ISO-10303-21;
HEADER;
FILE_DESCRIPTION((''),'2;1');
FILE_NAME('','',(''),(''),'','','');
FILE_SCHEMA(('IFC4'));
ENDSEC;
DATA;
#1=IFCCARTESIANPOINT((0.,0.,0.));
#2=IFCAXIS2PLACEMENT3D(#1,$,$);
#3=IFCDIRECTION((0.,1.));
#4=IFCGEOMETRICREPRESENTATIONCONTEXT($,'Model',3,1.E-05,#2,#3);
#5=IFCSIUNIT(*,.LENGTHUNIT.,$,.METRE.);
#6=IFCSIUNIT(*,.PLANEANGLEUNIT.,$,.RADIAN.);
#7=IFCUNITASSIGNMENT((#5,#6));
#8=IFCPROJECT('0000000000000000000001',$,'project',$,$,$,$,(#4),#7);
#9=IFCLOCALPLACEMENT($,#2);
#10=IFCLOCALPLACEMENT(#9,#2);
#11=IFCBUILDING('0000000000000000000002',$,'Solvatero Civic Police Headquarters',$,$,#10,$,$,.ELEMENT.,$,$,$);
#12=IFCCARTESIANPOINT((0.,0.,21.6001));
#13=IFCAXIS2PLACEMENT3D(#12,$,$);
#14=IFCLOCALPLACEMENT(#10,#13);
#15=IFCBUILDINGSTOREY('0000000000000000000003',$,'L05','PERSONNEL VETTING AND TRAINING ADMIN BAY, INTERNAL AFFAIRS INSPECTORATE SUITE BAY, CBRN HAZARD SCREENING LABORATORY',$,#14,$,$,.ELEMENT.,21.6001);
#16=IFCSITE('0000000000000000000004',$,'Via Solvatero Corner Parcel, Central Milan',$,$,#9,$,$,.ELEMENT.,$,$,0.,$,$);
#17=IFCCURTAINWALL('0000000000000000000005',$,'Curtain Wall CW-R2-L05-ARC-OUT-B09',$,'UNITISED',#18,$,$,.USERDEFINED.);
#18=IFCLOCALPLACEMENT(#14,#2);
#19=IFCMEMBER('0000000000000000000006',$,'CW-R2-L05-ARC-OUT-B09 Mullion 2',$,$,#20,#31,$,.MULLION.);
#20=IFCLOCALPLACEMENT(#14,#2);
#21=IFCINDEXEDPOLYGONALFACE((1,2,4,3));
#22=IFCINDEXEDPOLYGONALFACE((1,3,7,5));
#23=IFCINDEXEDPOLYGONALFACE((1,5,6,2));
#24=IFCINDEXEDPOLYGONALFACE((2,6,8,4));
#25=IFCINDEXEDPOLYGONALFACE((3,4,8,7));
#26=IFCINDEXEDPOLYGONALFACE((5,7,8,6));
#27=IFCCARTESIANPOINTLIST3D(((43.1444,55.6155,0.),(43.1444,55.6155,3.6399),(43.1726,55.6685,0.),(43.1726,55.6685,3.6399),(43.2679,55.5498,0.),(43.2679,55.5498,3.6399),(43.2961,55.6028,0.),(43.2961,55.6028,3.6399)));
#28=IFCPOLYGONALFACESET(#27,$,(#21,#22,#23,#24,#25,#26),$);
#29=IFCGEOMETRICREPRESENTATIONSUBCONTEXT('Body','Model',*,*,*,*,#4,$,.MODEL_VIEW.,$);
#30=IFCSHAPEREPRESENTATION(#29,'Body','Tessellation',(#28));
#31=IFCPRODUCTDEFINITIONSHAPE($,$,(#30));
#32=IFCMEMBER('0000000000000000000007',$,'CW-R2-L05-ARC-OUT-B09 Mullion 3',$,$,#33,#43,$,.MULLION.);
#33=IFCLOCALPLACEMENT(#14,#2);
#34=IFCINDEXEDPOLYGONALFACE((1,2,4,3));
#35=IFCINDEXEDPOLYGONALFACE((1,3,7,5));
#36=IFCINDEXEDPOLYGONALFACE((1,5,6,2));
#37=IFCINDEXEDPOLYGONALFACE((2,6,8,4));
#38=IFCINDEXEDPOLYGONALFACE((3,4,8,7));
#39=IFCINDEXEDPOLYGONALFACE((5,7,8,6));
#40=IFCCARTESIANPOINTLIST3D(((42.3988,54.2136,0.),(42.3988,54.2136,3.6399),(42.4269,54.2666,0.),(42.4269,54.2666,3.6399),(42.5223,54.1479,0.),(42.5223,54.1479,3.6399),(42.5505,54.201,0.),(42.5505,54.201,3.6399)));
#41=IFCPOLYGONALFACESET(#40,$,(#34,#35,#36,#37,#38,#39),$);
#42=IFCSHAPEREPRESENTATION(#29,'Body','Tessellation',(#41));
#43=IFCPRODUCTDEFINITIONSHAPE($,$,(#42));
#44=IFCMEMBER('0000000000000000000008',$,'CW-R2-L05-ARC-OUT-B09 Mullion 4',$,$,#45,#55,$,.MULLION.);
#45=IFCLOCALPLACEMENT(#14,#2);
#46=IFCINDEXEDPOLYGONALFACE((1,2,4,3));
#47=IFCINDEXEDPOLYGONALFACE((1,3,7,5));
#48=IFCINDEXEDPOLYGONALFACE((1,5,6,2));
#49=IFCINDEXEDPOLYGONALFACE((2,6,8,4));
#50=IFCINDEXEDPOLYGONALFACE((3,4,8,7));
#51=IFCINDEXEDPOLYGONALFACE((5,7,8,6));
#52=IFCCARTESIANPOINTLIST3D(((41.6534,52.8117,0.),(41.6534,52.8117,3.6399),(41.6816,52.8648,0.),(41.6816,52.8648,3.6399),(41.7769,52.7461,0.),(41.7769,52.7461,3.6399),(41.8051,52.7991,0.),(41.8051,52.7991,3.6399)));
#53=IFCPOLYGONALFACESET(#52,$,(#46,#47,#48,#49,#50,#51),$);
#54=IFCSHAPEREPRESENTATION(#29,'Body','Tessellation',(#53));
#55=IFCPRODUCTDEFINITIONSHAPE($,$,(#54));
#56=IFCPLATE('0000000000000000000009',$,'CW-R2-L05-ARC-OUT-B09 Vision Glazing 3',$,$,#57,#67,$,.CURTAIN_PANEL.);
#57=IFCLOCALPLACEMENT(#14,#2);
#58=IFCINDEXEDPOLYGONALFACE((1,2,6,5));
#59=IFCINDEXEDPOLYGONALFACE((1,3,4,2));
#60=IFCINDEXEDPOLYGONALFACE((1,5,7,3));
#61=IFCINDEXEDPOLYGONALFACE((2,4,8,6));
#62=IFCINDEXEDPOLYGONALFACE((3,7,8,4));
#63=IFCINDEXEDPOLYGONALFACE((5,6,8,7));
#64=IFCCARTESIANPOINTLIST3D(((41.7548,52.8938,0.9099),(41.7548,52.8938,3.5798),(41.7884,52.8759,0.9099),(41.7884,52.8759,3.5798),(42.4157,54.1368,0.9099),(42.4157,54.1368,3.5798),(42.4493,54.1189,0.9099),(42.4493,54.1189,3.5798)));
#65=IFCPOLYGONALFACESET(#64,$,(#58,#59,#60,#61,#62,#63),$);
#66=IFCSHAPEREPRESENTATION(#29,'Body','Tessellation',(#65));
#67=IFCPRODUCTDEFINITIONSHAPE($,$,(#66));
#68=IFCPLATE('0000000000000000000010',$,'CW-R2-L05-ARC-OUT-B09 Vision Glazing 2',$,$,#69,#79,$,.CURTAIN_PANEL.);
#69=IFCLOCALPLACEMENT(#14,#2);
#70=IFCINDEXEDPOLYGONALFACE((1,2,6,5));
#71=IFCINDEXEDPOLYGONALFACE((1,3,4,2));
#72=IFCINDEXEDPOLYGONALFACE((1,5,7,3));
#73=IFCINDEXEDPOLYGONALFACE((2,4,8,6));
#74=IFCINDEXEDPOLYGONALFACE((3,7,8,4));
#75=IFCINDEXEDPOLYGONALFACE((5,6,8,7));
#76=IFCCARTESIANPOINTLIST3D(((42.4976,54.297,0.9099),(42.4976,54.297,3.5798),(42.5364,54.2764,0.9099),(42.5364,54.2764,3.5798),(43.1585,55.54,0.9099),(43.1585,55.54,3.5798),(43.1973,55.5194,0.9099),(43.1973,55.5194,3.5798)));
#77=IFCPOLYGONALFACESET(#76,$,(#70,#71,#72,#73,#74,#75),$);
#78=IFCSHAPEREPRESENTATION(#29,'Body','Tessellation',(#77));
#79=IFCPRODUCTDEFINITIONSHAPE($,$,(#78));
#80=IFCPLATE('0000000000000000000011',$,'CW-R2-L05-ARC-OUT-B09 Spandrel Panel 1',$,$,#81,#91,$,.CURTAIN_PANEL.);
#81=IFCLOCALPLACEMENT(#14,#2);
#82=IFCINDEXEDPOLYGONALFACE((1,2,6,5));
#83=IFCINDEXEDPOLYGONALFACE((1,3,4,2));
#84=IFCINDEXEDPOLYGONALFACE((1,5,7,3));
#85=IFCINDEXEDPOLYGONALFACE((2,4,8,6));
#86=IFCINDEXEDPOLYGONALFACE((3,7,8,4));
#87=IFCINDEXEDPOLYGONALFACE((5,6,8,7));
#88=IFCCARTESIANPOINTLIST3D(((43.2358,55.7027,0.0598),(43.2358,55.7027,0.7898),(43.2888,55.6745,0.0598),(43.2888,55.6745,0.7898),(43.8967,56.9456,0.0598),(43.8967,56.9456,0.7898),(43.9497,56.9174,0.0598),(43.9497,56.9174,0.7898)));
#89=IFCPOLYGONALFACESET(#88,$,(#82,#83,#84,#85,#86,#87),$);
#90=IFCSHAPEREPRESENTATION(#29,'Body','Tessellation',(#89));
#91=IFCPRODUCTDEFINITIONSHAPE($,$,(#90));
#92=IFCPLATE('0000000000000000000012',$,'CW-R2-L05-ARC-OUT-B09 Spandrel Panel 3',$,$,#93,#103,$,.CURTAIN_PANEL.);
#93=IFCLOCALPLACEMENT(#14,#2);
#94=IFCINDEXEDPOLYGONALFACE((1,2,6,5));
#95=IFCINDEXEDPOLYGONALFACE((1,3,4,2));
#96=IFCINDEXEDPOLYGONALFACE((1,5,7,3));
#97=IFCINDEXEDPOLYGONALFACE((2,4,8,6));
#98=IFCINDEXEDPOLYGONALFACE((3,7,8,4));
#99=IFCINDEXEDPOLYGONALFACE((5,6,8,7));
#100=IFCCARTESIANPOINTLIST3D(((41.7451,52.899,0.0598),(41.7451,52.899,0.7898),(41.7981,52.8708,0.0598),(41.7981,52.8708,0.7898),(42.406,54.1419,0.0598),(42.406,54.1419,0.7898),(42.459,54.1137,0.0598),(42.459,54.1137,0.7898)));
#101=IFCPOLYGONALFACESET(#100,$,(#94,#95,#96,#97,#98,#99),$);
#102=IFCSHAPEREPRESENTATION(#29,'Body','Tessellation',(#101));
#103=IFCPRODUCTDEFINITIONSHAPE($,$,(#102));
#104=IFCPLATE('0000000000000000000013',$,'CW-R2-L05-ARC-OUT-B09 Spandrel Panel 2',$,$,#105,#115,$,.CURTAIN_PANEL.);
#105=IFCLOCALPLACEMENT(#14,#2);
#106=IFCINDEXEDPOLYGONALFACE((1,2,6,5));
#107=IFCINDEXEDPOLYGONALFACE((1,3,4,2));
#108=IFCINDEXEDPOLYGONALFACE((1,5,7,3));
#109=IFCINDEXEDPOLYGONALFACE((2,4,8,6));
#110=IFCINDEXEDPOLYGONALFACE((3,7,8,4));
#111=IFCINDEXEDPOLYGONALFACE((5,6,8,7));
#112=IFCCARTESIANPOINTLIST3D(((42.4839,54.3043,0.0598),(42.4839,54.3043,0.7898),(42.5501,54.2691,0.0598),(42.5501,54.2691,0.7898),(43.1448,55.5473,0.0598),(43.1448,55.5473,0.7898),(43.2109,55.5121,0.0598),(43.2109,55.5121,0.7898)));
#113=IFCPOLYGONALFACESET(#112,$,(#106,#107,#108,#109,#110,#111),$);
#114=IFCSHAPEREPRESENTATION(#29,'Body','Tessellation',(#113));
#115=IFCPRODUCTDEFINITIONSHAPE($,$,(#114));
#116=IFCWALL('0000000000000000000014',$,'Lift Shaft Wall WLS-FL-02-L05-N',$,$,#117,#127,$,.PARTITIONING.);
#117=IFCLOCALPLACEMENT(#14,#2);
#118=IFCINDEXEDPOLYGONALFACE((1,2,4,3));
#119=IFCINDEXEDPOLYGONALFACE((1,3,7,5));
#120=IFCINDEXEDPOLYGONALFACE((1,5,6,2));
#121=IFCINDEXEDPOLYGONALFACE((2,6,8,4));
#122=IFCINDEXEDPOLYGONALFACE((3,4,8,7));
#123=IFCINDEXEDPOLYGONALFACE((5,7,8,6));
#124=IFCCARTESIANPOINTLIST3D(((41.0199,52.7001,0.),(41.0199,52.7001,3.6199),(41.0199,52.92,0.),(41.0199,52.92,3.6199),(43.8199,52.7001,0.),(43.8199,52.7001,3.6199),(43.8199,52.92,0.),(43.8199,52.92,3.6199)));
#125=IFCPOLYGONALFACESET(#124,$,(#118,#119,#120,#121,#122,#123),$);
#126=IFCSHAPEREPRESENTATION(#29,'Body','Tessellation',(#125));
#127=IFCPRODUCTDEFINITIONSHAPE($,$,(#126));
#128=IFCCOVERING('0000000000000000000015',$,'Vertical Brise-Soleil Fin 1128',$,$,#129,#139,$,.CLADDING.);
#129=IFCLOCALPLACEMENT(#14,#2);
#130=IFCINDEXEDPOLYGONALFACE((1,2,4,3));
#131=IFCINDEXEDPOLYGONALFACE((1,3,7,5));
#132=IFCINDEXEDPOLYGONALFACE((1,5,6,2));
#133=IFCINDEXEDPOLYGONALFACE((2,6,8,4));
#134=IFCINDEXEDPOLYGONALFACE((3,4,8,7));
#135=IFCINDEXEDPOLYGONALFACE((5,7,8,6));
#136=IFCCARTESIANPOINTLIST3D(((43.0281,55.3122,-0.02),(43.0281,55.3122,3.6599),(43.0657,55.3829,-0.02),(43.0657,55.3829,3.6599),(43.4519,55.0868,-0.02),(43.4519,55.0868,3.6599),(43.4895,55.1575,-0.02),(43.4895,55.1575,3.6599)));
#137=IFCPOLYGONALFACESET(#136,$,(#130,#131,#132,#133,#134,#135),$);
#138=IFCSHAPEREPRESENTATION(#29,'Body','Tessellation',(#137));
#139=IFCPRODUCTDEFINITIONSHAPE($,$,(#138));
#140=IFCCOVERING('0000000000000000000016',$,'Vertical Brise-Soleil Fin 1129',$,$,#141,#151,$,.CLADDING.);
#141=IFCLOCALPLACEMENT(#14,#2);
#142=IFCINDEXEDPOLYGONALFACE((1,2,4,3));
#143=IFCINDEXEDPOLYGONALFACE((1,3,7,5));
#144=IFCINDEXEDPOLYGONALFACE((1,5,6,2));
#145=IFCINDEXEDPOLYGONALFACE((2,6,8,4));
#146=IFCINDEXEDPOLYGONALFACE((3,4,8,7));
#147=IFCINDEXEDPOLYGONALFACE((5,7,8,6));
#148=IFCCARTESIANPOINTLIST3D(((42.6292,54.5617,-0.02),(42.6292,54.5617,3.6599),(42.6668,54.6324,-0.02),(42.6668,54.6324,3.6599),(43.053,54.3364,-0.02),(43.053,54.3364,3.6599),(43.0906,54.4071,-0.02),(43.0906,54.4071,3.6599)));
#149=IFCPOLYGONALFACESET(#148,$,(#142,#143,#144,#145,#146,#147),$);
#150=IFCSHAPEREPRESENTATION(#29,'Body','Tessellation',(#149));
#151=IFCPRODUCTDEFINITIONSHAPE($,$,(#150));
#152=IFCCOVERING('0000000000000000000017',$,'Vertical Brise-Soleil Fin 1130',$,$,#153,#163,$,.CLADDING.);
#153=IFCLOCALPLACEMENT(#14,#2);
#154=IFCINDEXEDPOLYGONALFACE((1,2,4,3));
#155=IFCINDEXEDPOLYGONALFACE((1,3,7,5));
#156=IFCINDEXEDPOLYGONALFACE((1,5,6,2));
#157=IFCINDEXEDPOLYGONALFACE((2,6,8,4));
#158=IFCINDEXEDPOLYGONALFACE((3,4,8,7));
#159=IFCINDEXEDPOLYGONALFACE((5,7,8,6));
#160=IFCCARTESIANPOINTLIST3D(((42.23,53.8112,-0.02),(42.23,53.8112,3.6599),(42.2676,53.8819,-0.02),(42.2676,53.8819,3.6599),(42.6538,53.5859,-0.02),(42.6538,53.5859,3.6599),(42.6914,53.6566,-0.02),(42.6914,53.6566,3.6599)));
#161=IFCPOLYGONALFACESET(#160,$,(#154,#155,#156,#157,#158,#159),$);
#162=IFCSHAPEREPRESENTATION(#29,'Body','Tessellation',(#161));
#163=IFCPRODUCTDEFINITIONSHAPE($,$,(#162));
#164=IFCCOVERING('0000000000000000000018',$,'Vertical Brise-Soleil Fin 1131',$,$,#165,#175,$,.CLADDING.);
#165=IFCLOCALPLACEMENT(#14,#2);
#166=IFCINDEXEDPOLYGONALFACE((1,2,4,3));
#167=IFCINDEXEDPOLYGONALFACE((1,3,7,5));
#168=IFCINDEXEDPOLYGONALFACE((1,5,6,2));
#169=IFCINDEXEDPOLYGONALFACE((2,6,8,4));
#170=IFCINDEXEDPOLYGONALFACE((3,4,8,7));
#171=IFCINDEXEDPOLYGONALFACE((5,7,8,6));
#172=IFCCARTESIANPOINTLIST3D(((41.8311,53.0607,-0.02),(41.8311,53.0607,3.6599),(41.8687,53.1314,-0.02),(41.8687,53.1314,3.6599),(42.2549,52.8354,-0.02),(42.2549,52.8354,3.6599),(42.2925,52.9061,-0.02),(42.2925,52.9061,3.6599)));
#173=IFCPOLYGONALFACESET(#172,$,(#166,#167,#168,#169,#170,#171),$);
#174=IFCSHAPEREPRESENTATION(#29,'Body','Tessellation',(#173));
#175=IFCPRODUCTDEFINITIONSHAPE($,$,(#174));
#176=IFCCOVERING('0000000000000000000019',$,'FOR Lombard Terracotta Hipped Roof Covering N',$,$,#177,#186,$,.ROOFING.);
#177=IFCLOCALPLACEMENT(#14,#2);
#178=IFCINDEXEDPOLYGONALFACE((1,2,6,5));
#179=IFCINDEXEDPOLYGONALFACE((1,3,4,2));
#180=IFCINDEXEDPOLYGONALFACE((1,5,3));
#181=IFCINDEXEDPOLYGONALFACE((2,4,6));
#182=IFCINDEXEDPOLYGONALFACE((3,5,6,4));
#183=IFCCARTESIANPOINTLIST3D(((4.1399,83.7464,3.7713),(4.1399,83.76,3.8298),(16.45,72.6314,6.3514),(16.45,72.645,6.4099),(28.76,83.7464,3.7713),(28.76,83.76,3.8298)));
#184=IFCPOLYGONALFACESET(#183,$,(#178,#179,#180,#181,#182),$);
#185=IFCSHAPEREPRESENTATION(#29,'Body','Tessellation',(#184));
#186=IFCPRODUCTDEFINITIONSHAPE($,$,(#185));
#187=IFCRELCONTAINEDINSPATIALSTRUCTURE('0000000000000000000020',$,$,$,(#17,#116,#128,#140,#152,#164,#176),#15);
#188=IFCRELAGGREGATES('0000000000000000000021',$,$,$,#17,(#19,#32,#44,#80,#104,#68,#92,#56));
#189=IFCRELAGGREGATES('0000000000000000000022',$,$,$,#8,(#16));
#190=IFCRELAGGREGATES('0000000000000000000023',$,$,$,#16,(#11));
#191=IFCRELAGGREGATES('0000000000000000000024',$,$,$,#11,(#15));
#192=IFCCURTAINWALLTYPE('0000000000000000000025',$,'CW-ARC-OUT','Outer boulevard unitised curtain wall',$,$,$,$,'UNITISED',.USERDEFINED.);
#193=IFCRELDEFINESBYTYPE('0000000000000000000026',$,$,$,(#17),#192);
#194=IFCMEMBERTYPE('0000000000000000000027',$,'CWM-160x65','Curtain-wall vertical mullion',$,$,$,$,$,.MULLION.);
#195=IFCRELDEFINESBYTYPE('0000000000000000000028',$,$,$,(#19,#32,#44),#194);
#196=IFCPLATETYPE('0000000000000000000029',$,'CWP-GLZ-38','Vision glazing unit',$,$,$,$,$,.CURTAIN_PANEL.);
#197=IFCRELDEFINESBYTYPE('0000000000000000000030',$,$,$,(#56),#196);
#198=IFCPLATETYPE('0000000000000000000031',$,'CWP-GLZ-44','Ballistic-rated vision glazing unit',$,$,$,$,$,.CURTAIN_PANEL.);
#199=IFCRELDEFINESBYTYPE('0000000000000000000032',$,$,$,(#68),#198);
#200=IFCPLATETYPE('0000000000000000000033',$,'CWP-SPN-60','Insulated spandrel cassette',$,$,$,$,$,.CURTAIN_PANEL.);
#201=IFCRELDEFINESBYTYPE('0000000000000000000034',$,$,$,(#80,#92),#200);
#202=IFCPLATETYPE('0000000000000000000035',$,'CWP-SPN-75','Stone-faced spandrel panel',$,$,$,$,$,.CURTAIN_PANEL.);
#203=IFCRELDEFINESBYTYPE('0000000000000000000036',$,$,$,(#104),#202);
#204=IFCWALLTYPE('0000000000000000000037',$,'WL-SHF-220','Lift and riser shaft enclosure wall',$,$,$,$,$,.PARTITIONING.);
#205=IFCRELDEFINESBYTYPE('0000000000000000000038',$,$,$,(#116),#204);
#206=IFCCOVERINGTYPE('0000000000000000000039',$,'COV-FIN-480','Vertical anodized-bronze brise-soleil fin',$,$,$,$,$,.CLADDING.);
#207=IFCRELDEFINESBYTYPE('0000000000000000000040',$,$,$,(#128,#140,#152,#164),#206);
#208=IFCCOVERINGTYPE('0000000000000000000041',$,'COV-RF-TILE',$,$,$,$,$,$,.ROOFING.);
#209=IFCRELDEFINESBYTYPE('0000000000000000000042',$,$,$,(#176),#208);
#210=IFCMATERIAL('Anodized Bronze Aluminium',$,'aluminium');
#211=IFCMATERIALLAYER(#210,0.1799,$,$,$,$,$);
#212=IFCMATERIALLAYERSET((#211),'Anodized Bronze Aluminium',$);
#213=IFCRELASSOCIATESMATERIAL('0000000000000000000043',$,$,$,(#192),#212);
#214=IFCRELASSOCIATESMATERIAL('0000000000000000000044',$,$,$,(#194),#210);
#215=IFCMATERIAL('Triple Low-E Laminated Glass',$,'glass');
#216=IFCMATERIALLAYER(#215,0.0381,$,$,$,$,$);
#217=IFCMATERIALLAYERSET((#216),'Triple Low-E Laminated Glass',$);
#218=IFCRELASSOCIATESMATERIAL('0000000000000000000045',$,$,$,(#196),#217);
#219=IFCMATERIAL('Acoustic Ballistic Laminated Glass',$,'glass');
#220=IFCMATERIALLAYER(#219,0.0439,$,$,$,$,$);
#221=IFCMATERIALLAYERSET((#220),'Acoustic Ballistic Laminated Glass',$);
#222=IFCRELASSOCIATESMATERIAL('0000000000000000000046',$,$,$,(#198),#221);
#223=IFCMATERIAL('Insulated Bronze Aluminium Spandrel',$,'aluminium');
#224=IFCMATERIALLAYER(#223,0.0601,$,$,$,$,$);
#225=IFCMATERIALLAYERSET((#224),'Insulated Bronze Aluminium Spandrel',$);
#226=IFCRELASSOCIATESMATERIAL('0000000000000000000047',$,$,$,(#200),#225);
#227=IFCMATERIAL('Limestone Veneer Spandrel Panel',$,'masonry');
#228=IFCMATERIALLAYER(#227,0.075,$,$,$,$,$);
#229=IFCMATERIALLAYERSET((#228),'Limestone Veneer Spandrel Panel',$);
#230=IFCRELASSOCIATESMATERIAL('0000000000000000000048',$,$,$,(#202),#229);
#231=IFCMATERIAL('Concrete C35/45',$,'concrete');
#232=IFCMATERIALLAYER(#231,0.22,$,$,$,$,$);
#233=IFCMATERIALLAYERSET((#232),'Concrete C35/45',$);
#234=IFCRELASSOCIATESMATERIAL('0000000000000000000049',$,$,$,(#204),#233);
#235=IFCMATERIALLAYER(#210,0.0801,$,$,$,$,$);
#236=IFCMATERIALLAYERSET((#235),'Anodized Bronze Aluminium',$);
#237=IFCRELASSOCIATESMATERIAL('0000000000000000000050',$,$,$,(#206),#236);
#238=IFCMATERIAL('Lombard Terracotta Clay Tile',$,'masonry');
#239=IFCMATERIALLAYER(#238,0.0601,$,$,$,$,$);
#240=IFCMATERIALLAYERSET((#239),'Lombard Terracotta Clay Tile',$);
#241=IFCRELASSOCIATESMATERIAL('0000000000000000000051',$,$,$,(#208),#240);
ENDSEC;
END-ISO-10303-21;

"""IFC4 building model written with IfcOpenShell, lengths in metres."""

from ifc_helpers import new_model, si_unit, direction, frame, frame_2d, origin, origin_2d, place, context, subcontext, project, spatial, polyline, rectangle, outline, extrude, material, layer, layer_set, material_profile, profile_set, type_object, element, aggregate, save


model = new_model("IFC4")

# Units and contexts
model_context = context("Model", 3, precision=1e-05, world=origin(), true_north=direction((0.0, 1.0)))
body_context = subcontext(model_context, "Body", "Model", "MODEL_VIEW")
ifc_project = project(units=[si_unit("LENGTHUNIT", "METRE"), si_unit("PLANEANGLEUNIT", "RADIAN")], contexts=[model_context])

# Site, building, storey
site_placement = place(None, origin())
site = spatial("IfcSite", under=ifc_project, at=site_placement, Name="Via Solvatero Corner Parcel, Central Milan", CompositionType="ELEMENT", RefElevation=0.0)
building_placement = place(site_placement, origin())
building = spatial("IfcBuilding", under=site, at=building_placement, Name="Solvatero Civic Police Headquarters", CompositionType="ELEMENT")
storey_placement = place(building_placement, frame((0.0, 0.0, 21.6001)))
storey = spatial("IfcBuildingStorey", under=building, at=storey_placement, Name="L05", Description="PERSONNEL VETTING AND TRAINING ADMIN BAY, INTERNAL AFFAIRS INSPECTORATE SUITE BAY, CBRN HAZARD SCREENING LABORATORY", CompositionType="ELEMENT", Elevation=21.6001)

# Curtain wall, members, plates
ifc_material_1 = material(Name="Anodized Bronze Aluminium", Category="aluminium")
ifc_layer_1 = layer(ifc_material_1, 0.1799)
ifc_layer_set_1 = layer_set([ifc_layer_1], Name="Anodized Bronze Aluminium")
curtain_wall_type = type_object("IfcCurtainWallType", Name="CW-ARC-OUT", Description="Outer boulevard unitised curtain wall", ElementType="UNITISED", PredefinedType="USERDEFINED", material=ifc_layer_set_1)
curtain_wall_placement = place(storey_placement, origin())
curtain_wall = element("IfcCurtainWall", 1, at=curtain_wall_placement, inside=storey, type_object=curtain_wall_type, Name="Curtain Wall CW-R2-L05-ARC-OUT-B09", ObjectType="UNITISED", PredefinedType="USERDEFINED")
ifc_material_profile = material_profile(ifc_material_1, rectangle(XDim=0.0601, YDim=0.1399, at=origin_2d()), Name="ALU MULLION 60x140")
ifc_profile_set = profile_set([ifc_material_profile], Name="Anodized Bronze Aluminium")
member_type = type_object("IfcMemberType", Name="CWM-160x65", Description="Curtain-wall vertical mullion", PredefinedType="MULLION", material=ifc_profile_set)
member_1_placement = place(storey_placement, frame((43.2202, 55.6091, 0.0), z_axis=(0.0, 0.0, 1.0), x_axis=(-0.469472, -0.882948, 0.0)))
member_1 = element("IfcMember", 2, at=member_1_placement, type_object=member_type, Name="CW-R2-L05-ARC-OUT-B09 Mullion 2", PredefinedType="MULLION", context=body_context, shape_type="SweptSolid", body=[
    extrude(rectangle(XDim=0.0601, YDim=0.1399, at=origin_2d()), origin(), (0.0, 0.0, 1.0), 3.6399),
])
member_2_placement = place(storey_placement, frame((42.4746, 54.2073, 0.0), z_axis=(0.0, 0.0, 1.0), x_axis=(-0.469472, -0.882948, 0.0)))
member_2 = element("IfcMember", 3, at=member_2_placement, type_object=member_type, Name="CW-R2-L05-ARC-OUT-B09 Mullion 3", PredefinedType="MULLION", context=body_context, shape_type="SweptSolid", body=[
    extrude(rectangle(XDim=0.0601, YDim=0.1399, at=origin_2d()), origin(), (0.0, 0.0, 1.0), 3.6399),
])
member_3_placement = place(storey_placement, frame((41.7292, 52.8054, 0.0), z_axis=(0.0, 0.0, 1.0), x_axis=(-0.469472, -0.882948, 0.0)))
member_3 = element("IfcMember", 4, at=member_3_placement, type_object=member_type, Name="CW-R2-L05-ARC-OUT-B09 Mullion 4", PredefinedType="MULLION", context=body_context, shape_type="SweptSolid", body=[
    extrude(rectangle(XDim=0.0601, YDim=0.1399, at=origin_2d()), origin(), (0.0, 0.0, 1.0), 3.6399),
])
ifc_material_2 = material(Name="Triple Low-E Laminated Glass", Category="glass")
ifc_layer_2 = layer(ifc_material_2, 0.0381)
ifc_layer_set_2 = layer_set([ifc_layer_2], Name="Triple Low-E Laminated Glass")
plate_type_1 = type_object("IfcPlateType", Name="CWP-GLZ-38", Description="Vision glazing unit", PredefinedType="CURTAIN_PANEL", material=ifc_layer_set_2)
plate_1_placement = place(storey_placement, frame((42.1021, 53.5063, 0.9099), z_axis=(0.0, 0.0, 1.0), x_axis=(-0.469472, -0.882948, 0.0)))
plate_1 = element("IfcPlate", 5, at=plate_1_placement, type_object=plate_type_1, Name="CW-R2-L05-ARC-OUT-B09 Vision Glazing 3", PredefinedType="CURTAIN_PANEL", context=body_context, shape_type="SweptSolid", body=[
    extrude(rectangle(XDim=1.4077, YDim=0.0381, at=origin_2d()), origin(), (0.0, 0.0, 1.0), 2.6699),
])
ifc_material_3 = material(Name="Acoustic Ballistic Laminated Glass", Category="glass")
ifc_layer_3 = layer(ifc_material_3, 0.0439)
ifc_layer_set_3 = layer_set([ifc_layer_3], Name="Acoustic Ballistic Laminated Glass")
plate_type_2 = type_object("IfcPlateType", Name="CWP-GLZ-44", Description="Ballistic-rated vision glazing unit", PredefinedType="CURTAIN_PANEL", material=ifc_layer_set_3)
plate_2_placement = place(storey_placement, frame((42.8474, 54.9082, 0.9099), z_axis=(0.0, 0.0, 1.0), x_axis=(-0.469472, -0.882948, 0.0)))
plate_2 = element("IfcPlate", 6, at=plate_2_placement, type_object=plate_type_2, Name="CW-R2-L05-ARC-OUT-B09 Vision Glazing 2", PredefinedType="CURTAIN_PANEL", context=body_context, shape_type="SweptSolid", body=[
    extrude(rectangle(XDim=1.4077, YDim=0.0439, at=origin_2d()), origin(), (0.0, 0.0, 1.0), 2.6699),
])
ifc_material_4 = material(Name="Insulated Bronze Aluminium Spandrel", Category="aluminium")
ifc_layer_4 = layer(ifc_material_4, 0.0601)
ifc_layer_set_4 = layer_set([ifc_layer_4], Name="Insulated Bronze Aluminium Spandrel")
plate_type_3 = type_object("IfcPlateType", Name="CWP-SPN-60", Description="Insulated spandrel cassette", PredefinedType="CURTAIN_PANEL", material=ifc_layer_set_4)
plate_3_placement = place(storey_placement, frame((43.5928, 56.3101, 0.0598), z_axis=(0.0, 0.0, 1.0), x_axis=(-0.469472, -0.882948, 0.0)))
plate_3 = element("IfcPlate", 7, at=plate_3_placement, type_object=plate_type_3, Name="CW-R2-L05-ARC-OUT-B09 Spandrel Panel 1", PredefinedType="CURTAIN_PANEL", context=body_context, shape_type="SweptSolid", body=[
    extrude(rectangle(XDim=1.4077, YDim=0.0601, at=origin_2d()), origin(), (0.0, 0.0, 1.0), 0.73),
])
plate_4_placement = place(storey_placement, frame((42.1021, 53.5063, 0.0598), z_axis=(0.0, 0.0, 1.0), x_axis=(-0.469472, -0.882948, 0.0)))
plate_4 = element("IfcPlate", 8, at=plate_4_placement, type_object=plate_type_3, Name="CW-R2-L05-ARC-OUT-B09 Spandrel Panel 3", PredefinedType="CURTAIN_PANEL", context=body_context, shape_type="SweptSolid", body=[
    extrude(rectangle(XDim=1.4077, YDim=0.0601, at=origin_2d()), origin(), (0.0, 0.0, 1.0), 0.73),
])
ifc_material_5 = material(Name="Limestone Veneer Spandrel Panel", Category="masonry")
ifc_layer_5 = layer(ifc_material_5, 0.075)
ifc_layer_set_5 = layer_set([ifc_layer_5], Name="Limestone Veneer Spandrel Panel")
plate_type_4 = type_object("IfcPlateType", Name="CWP-SPN-75", Description="Stone-faced spandrel panel", PredefinedType="CURTAIN_PANEL", material=ifc_layer_set_5)
plate_5_placement = place(storey_placement, frame((42.8474, 54.9082, 0.0598), z_axis=(0.0, 0.0, 1.0), x_axis=(-0.469472, -0.882948, 0.0)))
plate_5 = element("IfcPlate", 9, at=plate_5_placement, type_object=plate_type_4, Name="CW-R2-L05-ARC-OUT-B09 Spandrel Panel 2", PredefinedType="CURTAIN_PANEL", context=body_context, shape_type="SweptSolid", body=[
    extrude(rectangle(XDim=1.4077, YDim=0.075, at=origin_2d()), origin(), (0.0, 0.0, 1.0), 0.73),
])
aggregate(curtain_wall, [member_1, member_2, member_3, plate_3, plate_5, plate_2, plate_4, plate_1])

# Wall
ifc_material_6 = material(Name="Concrete C35/45", Category="concrete")
ifc_layer_6 = layer(ifc_material_6, 0.22)
ifc_layer_set_6 = layer_set([ifc_layer_6], Name="Concrete C35/45")
wall_type = type_object("IfcWallType", Name="WL-SHF-220", Description="Lift and riser shaft enclosure wall", PredefinedType="PARTITIONING", material=ifc_layer_set_6)
wall_placement = place(storey_placement, frame((41.02, 52.8101, 0.0), z_axis=(0.0, 0.0, 1.0), x_axis=(1.0, 0.0, 0.0)))
element("IfcWall", 10, at=wall_placement, inside=storey, type_object=wall_type, Name="Lift Shaft Wall WLS-FL-02-L05-N", PredefinedType="PARTITIONING", context=body_context, shape_type="SweptSolid", body=[
    extrude(rectangle(XDim=2.8, YDim=0.22, at=frame_2d((1.3999, 0.0))), origin(), (0.0, 0.0, 1.0), 3.6199),
])

# Coverings
ifc_layer_7 = layer(ifc_material_1, 0.0801)
ifc_layer_set_7 = layer_set([ifc_layer_7], Name="Anodized Bronze Aluminium")
covering_type_1 = type_object("IfcCoveringType", Name="COV-FIN-480", Description="Vertical anodized-bronze brise-soleil fin", PredefinedType="CLADDING", material=ifc_layer_set_7)
for number, where, z_axis, x_axis, name in (
    (11, (43.2588, 55.2349, -0.02), (0.0, 0.0, 1.0), (-0.469472, -0.882948, 0.0), "Vertical Brise-Soleil Fin 1128"),
    (12, (42.8599, 54.4844, -0.02), (0.0, 0.0, 1.0), (-0.469472, -0.882948, 0.0), "Vertical Brise-Soleil Fin 1129"),
    (13, (42.4607, 53.7339, -0.02), (0.0, 0.0, 1.0), (-0.469472, -0.882948, 0.0), "Vertical Brise-Soleil Fin 1130"),
    (14, (42.0618, 52.9834, -0.02), (0.0, 0.0, 1.0), (-0.469472, -0.882948, 0.0), "Vertical Brise-Soleil Fin 1131"),
):
    element("IfcCovering", number, at=place(storey_placement, frame(where, z_axis=z_axis, x_axis=x_axis)), inside=storey, type_object=covering_type_1, Name=name, PredefinedType="CLADDING", context=body_context, shape_type="SweptSolid", body=[
        extrude(rectangle(XDim=0.0801, YDim=0.48, at=origin_2d()), origin(), (0.0, 0.0, 1.0), 3.6799),
    ])
ifc_material_7 = material(Name="Lombard Terracotta Clay Tile", Category="masonry")
ifc_layer_8 = layer(ifc_material_7, 0.0601)
ifc_layer_set_8 = layer_set([ifc_layer_8], Name="Lombard Terracotta Clay Tile")
covering_type_2 = type_object("IfcCoveringType", Name="COV-RF-TILE", PredefinedType="ROOFING", material=ifc_layer_set_8)
covering_1_placement = place(storey_placement, frame((28.76, 83.76, 3.8298), z_axis=(0.0, 0.226114, 0.974101), x_axis=(-1.0, 0.0, 0.0)))
element("IfcCovering", 15, at=covering_1_placement, inside=storey, type_object=covering_type_2, Name="FOR Lombard Terracotta Hipped Roof Covering N", PredefinedType="ROOFING", context=body_context, shape_type="SweptSolid", body=[
    extrude(outline(polyline([(0.0, 0.0), (24.6201, 0.0), (12.3101, 11.4105), (0.0, 0.0)])), origin(), (0.0, 0.0, -1.0), 0.0601),
])

save(model, "model.ifc")
